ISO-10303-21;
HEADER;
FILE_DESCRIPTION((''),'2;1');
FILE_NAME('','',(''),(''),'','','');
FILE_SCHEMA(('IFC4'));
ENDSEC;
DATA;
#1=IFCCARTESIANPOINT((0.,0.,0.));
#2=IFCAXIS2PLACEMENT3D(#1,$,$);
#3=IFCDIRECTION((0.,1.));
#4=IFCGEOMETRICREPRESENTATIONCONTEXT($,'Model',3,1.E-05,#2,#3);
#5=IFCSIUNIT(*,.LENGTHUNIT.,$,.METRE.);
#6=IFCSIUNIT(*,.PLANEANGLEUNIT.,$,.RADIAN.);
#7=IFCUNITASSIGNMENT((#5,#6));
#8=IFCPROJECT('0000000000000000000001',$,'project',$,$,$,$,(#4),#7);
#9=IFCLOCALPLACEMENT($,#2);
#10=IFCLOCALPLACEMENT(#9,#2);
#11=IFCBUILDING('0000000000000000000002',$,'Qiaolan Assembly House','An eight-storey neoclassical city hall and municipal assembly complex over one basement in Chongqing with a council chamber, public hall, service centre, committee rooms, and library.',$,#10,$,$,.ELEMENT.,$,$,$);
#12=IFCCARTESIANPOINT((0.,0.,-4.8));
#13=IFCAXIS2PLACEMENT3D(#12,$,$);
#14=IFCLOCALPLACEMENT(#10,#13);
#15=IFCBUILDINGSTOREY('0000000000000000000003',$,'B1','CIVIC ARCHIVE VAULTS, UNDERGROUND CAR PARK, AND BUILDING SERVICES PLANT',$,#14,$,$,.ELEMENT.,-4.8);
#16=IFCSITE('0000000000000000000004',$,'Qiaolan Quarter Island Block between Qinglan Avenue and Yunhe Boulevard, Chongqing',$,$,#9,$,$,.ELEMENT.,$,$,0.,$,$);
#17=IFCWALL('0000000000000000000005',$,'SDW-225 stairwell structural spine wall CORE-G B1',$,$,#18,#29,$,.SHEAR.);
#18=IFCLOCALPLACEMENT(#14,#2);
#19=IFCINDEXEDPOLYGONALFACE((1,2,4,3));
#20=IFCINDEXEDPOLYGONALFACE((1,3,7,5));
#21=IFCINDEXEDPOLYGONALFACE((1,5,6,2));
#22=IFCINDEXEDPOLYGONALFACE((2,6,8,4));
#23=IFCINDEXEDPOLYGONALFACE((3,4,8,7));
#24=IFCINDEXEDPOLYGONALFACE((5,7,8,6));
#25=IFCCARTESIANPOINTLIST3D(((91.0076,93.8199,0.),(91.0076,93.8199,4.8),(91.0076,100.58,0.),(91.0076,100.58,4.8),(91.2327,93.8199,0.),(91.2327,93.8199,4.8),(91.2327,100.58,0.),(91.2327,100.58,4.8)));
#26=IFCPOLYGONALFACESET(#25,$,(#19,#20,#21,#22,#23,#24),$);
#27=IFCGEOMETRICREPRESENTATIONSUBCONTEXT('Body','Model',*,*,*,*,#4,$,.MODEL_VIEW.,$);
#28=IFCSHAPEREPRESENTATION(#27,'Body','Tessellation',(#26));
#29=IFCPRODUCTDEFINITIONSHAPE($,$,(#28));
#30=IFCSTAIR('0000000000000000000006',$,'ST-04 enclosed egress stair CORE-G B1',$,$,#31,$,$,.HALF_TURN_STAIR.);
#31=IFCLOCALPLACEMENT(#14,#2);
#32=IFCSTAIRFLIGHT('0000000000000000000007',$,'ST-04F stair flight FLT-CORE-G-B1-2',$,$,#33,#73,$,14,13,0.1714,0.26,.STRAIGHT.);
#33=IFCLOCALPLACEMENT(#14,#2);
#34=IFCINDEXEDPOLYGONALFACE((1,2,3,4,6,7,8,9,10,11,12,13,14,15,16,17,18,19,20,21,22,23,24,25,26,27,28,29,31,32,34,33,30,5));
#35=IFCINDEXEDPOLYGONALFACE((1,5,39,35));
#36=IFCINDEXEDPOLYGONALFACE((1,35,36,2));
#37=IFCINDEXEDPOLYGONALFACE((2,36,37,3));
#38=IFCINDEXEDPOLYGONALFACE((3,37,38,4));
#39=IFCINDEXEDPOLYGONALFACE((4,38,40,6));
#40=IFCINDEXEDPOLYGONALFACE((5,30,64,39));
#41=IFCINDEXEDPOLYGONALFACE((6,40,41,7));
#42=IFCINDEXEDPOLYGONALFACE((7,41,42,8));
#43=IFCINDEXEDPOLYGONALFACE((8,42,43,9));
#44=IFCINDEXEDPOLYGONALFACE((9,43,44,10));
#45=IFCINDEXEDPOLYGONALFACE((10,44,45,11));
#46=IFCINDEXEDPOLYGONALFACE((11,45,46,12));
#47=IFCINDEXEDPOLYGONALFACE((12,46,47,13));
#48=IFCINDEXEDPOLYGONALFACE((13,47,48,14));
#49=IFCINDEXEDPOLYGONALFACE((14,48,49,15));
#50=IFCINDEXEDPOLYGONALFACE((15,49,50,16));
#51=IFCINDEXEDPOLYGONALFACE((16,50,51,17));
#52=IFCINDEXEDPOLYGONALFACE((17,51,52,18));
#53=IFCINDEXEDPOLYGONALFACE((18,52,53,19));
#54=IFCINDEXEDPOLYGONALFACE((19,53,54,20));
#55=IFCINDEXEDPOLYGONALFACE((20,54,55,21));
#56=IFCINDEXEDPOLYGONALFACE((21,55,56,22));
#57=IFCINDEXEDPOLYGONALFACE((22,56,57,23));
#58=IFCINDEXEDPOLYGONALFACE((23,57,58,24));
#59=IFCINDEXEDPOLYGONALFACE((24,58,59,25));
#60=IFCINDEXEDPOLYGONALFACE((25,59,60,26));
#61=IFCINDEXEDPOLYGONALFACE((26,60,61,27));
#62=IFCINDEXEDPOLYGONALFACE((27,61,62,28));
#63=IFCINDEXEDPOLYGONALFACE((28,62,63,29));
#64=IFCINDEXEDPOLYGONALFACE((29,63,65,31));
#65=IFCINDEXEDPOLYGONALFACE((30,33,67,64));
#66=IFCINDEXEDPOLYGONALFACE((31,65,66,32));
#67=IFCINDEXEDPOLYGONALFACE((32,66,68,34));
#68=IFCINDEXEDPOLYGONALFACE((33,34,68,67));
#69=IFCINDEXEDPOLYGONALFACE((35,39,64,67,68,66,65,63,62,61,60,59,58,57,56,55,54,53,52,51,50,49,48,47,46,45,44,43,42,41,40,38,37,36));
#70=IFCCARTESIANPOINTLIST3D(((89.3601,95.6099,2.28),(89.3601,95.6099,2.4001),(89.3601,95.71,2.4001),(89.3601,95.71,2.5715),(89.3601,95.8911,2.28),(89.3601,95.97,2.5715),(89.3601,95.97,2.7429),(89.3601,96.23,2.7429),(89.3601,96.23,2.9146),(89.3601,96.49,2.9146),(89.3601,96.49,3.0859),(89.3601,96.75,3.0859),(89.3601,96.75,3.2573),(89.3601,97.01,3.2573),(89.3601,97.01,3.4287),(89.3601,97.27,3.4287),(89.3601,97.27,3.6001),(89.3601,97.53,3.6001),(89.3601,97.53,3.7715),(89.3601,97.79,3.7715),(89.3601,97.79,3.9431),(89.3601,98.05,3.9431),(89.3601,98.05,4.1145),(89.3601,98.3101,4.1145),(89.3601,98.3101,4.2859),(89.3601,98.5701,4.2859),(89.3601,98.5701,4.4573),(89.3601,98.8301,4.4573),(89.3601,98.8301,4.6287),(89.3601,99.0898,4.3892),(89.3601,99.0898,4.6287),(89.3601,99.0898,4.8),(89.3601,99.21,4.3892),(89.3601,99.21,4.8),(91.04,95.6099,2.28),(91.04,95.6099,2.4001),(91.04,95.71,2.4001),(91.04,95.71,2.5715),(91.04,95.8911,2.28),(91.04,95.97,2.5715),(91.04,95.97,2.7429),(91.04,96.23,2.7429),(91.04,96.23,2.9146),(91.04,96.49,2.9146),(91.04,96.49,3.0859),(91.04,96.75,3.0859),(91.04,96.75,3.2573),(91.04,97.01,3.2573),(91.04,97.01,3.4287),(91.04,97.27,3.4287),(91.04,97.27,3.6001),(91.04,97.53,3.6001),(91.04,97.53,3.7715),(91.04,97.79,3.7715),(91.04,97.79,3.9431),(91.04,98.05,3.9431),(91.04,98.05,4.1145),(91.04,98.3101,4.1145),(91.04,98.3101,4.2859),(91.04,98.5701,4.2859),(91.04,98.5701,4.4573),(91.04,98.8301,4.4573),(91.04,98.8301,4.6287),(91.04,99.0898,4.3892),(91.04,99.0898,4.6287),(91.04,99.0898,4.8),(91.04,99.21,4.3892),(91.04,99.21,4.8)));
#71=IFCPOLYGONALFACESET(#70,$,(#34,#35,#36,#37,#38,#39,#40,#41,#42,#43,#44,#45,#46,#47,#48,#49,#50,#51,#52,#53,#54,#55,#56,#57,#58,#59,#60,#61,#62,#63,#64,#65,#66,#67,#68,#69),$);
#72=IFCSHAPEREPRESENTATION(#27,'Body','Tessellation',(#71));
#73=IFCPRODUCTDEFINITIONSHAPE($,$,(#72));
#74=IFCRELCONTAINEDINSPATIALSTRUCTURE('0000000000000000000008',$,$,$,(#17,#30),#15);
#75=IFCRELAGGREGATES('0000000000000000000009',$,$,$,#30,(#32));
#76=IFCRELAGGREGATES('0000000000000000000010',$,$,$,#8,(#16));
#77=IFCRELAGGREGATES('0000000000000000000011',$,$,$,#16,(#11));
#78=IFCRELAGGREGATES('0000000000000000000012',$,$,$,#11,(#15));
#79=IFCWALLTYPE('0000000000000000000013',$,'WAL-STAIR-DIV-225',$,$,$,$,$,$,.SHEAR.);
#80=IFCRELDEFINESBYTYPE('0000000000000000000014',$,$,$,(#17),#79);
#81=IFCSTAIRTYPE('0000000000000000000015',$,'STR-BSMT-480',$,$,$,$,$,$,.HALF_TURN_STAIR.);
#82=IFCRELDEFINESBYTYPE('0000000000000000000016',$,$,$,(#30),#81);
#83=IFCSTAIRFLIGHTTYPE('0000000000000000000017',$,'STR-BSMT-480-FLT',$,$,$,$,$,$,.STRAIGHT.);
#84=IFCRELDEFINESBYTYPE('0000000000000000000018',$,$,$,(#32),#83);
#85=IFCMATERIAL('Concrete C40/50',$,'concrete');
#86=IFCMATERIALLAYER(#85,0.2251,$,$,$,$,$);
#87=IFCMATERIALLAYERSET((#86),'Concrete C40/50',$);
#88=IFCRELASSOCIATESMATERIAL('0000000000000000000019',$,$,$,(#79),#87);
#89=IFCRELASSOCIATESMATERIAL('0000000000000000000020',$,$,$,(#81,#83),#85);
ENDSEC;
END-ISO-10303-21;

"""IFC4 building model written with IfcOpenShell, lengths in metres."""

from ifc_helpers import new_model, si_unit, direction, frame, frame_2d, origin, place, context, subcontext, project, spatial, polyline, rectangle, outline, extrude, material, layer, layer_set, type_object, element, aggregate, save


model = new_model("IFC4")

# Units and contexts
model_context = context("Model", 3, precision=1e-05, world=origin(), true_north=direction((0.0, 1.0)))
body_context = subcontext(model_context, "Body", "Model", "MODEL_VIEW")
ifc_project = project(units=[si_unit("LENGTHUNIT", "METRE"), si_unit("PLANEANGLEUNIT", "RADIAN")], contexts=[model_context])

# Site, building, storey
site_placement = place(None, origin())
site = spatial("IfcSite", under=ifc_project, at=site_placement, Name="Qiaolan Quarter Island Block between Qinglan Avenue and Yunhe Boulevard, Chongqing", CompositionType="ELEMENT", RefElevation=0.0)
building_placement = place(site_placement, origin())
building = spatial("IfcBuilding", under=site, at=building_placement, Name="Qiaolan Assembly House", Description="An eight-storey neoclassical city hall and municipal assembly complex over one basement in Chongqing with a council chamber, public hall, service centre, committee rooms, and library.", CompositionType="ELEMENT")
storey_placement = place(building_placement, frame((0.0, 0.0, -4.8)))
storey = spatial("IfcBuildingStorey", under=building, at=storey_placement, Name="B1", Description="CIVIC ARCHIVE VAULTS, UNDERGROUND CAR PARK, AND BUILDING SERVICES PLANT", CompositionType="ELEMENT", Elevation=-4.8)

# Shared definitions
ifc_material_1 = material(Name="Concrete C40/50", Category="concrete")

# Wall
ifc_layer_1 = layer(ifc_material_1, 0.2251)
ifc_layer_set_1 = layer_set([ifc_layer_1], Name="Concrete C40/50")
wall_type_1 = type_object("IfcWallType", Name="WAL-STAIR-DIV-225", PredefinedType="SHEAR", material=ifc_layer_set_1)
wall_1_placement = place(storey_placement, frame((91.1201, 93.8201, 0.0), z_axis=(0.0, 0.0, 1.0), x_axis=(0.0, 1.0, 0.0)))
element("IfcWall", 1, at=wall_1_placement, inside=storey, type_object=wall_type_1, Name="SDW-225 stairwell structural spine wall CORE-G B1", PredefinedType="SHEAR", context=body_context, shape_type="SweptSolid", body=[
    extrude(rectangle(XDim=6.76, YDim=0.2251, at=frame_2d((3.3799, 0.0))), origin(), (0.0, 0.0, 1.0), 4.8),
])

# Stair, stair flight
stair_type = type_object("IfcStairType", Name="STR-BSMT-480", PredefinedType="HALF_TURN_STAIR", material=ifc_material_1)
stair_placement = place(storey_placement, origin())
stair = element("IfcStair", 2, at=stair_placement, inside=storey, type_object=stair_type, Name="ST-04 enclosed egress stair CORE-G B1", PredefinedType="HALF_TURN_STAIR")
stair_flight_type = type_object("IfcStairFlightType", Name="STR-BSMT-480-FLT", PredefinedType="STRAIGHT", material=ifc_material_1)
stair_flight_placement = place(storey_placement, frame((90.2, 95.71, 2.4001), z_axis=(0.0, 0.0, 1.0), x_axis=(0.0, 1.0, 0.0)))
stair_flight = element("IfcStairFlight", 3, at=stair_flight_placement, type_object=stair_flight_type, Name="ST-04F stair flight FLT-CORE-G-B1-2", NumberOfRisers=14, NumberOfTreads=13, PredefinedType="STRAIGHT", RiserHeight=0.1714, TreadLength=0.26, context=body_context, shape_type="SweptSolid", body=[
    extrude(outline(polyline([(-0.1001, -0.1201), (-0.1001, 0.0), (0.0, 0.0), (0.0, 0.1714), (0.26, 0.1714), (0.26, 0.3428), (0.52, 0.3428), (0.52, 0.5144), (0.78, 0.5144), (0.78, 0.6858), (1.04, 0.6858), (1.04, 0.8572), (1.3, 0.8572), (1.3, 1.0286), (1.5601, 1.0286), (1.5601, 1.2), (1.8201, 1.2), (1.8201, 1.3713), (2.0801, 1.3713), (2.0801, 1.543), (2.3401, 1.543), (2.3401, 1.7144), (2.6001, 1.7144), (2.6001, 1.8857), (2.8601, 1.8857), (2.8601, 2.0571), (3.1201, 2.0571), (3.1201, 2.2285), (3.3799, 2.2285), (3.3799, 2.3999), (3.5, 2.3999), (3.5, 1.989), (3.3799, 1.989), (0.1812, -0.1201), (-0.1001, -0.1201)])), frame((0.0, 0.8398, 0.0), z_axis=(0.0, -1.0, 0.0), x_axis=(1.0, 0.0, 0.0)), (0.0, 0.0, 1.0), 1.6799),
])
aggregate(stair, [stair_flight])

save(model, "model.ifc")
